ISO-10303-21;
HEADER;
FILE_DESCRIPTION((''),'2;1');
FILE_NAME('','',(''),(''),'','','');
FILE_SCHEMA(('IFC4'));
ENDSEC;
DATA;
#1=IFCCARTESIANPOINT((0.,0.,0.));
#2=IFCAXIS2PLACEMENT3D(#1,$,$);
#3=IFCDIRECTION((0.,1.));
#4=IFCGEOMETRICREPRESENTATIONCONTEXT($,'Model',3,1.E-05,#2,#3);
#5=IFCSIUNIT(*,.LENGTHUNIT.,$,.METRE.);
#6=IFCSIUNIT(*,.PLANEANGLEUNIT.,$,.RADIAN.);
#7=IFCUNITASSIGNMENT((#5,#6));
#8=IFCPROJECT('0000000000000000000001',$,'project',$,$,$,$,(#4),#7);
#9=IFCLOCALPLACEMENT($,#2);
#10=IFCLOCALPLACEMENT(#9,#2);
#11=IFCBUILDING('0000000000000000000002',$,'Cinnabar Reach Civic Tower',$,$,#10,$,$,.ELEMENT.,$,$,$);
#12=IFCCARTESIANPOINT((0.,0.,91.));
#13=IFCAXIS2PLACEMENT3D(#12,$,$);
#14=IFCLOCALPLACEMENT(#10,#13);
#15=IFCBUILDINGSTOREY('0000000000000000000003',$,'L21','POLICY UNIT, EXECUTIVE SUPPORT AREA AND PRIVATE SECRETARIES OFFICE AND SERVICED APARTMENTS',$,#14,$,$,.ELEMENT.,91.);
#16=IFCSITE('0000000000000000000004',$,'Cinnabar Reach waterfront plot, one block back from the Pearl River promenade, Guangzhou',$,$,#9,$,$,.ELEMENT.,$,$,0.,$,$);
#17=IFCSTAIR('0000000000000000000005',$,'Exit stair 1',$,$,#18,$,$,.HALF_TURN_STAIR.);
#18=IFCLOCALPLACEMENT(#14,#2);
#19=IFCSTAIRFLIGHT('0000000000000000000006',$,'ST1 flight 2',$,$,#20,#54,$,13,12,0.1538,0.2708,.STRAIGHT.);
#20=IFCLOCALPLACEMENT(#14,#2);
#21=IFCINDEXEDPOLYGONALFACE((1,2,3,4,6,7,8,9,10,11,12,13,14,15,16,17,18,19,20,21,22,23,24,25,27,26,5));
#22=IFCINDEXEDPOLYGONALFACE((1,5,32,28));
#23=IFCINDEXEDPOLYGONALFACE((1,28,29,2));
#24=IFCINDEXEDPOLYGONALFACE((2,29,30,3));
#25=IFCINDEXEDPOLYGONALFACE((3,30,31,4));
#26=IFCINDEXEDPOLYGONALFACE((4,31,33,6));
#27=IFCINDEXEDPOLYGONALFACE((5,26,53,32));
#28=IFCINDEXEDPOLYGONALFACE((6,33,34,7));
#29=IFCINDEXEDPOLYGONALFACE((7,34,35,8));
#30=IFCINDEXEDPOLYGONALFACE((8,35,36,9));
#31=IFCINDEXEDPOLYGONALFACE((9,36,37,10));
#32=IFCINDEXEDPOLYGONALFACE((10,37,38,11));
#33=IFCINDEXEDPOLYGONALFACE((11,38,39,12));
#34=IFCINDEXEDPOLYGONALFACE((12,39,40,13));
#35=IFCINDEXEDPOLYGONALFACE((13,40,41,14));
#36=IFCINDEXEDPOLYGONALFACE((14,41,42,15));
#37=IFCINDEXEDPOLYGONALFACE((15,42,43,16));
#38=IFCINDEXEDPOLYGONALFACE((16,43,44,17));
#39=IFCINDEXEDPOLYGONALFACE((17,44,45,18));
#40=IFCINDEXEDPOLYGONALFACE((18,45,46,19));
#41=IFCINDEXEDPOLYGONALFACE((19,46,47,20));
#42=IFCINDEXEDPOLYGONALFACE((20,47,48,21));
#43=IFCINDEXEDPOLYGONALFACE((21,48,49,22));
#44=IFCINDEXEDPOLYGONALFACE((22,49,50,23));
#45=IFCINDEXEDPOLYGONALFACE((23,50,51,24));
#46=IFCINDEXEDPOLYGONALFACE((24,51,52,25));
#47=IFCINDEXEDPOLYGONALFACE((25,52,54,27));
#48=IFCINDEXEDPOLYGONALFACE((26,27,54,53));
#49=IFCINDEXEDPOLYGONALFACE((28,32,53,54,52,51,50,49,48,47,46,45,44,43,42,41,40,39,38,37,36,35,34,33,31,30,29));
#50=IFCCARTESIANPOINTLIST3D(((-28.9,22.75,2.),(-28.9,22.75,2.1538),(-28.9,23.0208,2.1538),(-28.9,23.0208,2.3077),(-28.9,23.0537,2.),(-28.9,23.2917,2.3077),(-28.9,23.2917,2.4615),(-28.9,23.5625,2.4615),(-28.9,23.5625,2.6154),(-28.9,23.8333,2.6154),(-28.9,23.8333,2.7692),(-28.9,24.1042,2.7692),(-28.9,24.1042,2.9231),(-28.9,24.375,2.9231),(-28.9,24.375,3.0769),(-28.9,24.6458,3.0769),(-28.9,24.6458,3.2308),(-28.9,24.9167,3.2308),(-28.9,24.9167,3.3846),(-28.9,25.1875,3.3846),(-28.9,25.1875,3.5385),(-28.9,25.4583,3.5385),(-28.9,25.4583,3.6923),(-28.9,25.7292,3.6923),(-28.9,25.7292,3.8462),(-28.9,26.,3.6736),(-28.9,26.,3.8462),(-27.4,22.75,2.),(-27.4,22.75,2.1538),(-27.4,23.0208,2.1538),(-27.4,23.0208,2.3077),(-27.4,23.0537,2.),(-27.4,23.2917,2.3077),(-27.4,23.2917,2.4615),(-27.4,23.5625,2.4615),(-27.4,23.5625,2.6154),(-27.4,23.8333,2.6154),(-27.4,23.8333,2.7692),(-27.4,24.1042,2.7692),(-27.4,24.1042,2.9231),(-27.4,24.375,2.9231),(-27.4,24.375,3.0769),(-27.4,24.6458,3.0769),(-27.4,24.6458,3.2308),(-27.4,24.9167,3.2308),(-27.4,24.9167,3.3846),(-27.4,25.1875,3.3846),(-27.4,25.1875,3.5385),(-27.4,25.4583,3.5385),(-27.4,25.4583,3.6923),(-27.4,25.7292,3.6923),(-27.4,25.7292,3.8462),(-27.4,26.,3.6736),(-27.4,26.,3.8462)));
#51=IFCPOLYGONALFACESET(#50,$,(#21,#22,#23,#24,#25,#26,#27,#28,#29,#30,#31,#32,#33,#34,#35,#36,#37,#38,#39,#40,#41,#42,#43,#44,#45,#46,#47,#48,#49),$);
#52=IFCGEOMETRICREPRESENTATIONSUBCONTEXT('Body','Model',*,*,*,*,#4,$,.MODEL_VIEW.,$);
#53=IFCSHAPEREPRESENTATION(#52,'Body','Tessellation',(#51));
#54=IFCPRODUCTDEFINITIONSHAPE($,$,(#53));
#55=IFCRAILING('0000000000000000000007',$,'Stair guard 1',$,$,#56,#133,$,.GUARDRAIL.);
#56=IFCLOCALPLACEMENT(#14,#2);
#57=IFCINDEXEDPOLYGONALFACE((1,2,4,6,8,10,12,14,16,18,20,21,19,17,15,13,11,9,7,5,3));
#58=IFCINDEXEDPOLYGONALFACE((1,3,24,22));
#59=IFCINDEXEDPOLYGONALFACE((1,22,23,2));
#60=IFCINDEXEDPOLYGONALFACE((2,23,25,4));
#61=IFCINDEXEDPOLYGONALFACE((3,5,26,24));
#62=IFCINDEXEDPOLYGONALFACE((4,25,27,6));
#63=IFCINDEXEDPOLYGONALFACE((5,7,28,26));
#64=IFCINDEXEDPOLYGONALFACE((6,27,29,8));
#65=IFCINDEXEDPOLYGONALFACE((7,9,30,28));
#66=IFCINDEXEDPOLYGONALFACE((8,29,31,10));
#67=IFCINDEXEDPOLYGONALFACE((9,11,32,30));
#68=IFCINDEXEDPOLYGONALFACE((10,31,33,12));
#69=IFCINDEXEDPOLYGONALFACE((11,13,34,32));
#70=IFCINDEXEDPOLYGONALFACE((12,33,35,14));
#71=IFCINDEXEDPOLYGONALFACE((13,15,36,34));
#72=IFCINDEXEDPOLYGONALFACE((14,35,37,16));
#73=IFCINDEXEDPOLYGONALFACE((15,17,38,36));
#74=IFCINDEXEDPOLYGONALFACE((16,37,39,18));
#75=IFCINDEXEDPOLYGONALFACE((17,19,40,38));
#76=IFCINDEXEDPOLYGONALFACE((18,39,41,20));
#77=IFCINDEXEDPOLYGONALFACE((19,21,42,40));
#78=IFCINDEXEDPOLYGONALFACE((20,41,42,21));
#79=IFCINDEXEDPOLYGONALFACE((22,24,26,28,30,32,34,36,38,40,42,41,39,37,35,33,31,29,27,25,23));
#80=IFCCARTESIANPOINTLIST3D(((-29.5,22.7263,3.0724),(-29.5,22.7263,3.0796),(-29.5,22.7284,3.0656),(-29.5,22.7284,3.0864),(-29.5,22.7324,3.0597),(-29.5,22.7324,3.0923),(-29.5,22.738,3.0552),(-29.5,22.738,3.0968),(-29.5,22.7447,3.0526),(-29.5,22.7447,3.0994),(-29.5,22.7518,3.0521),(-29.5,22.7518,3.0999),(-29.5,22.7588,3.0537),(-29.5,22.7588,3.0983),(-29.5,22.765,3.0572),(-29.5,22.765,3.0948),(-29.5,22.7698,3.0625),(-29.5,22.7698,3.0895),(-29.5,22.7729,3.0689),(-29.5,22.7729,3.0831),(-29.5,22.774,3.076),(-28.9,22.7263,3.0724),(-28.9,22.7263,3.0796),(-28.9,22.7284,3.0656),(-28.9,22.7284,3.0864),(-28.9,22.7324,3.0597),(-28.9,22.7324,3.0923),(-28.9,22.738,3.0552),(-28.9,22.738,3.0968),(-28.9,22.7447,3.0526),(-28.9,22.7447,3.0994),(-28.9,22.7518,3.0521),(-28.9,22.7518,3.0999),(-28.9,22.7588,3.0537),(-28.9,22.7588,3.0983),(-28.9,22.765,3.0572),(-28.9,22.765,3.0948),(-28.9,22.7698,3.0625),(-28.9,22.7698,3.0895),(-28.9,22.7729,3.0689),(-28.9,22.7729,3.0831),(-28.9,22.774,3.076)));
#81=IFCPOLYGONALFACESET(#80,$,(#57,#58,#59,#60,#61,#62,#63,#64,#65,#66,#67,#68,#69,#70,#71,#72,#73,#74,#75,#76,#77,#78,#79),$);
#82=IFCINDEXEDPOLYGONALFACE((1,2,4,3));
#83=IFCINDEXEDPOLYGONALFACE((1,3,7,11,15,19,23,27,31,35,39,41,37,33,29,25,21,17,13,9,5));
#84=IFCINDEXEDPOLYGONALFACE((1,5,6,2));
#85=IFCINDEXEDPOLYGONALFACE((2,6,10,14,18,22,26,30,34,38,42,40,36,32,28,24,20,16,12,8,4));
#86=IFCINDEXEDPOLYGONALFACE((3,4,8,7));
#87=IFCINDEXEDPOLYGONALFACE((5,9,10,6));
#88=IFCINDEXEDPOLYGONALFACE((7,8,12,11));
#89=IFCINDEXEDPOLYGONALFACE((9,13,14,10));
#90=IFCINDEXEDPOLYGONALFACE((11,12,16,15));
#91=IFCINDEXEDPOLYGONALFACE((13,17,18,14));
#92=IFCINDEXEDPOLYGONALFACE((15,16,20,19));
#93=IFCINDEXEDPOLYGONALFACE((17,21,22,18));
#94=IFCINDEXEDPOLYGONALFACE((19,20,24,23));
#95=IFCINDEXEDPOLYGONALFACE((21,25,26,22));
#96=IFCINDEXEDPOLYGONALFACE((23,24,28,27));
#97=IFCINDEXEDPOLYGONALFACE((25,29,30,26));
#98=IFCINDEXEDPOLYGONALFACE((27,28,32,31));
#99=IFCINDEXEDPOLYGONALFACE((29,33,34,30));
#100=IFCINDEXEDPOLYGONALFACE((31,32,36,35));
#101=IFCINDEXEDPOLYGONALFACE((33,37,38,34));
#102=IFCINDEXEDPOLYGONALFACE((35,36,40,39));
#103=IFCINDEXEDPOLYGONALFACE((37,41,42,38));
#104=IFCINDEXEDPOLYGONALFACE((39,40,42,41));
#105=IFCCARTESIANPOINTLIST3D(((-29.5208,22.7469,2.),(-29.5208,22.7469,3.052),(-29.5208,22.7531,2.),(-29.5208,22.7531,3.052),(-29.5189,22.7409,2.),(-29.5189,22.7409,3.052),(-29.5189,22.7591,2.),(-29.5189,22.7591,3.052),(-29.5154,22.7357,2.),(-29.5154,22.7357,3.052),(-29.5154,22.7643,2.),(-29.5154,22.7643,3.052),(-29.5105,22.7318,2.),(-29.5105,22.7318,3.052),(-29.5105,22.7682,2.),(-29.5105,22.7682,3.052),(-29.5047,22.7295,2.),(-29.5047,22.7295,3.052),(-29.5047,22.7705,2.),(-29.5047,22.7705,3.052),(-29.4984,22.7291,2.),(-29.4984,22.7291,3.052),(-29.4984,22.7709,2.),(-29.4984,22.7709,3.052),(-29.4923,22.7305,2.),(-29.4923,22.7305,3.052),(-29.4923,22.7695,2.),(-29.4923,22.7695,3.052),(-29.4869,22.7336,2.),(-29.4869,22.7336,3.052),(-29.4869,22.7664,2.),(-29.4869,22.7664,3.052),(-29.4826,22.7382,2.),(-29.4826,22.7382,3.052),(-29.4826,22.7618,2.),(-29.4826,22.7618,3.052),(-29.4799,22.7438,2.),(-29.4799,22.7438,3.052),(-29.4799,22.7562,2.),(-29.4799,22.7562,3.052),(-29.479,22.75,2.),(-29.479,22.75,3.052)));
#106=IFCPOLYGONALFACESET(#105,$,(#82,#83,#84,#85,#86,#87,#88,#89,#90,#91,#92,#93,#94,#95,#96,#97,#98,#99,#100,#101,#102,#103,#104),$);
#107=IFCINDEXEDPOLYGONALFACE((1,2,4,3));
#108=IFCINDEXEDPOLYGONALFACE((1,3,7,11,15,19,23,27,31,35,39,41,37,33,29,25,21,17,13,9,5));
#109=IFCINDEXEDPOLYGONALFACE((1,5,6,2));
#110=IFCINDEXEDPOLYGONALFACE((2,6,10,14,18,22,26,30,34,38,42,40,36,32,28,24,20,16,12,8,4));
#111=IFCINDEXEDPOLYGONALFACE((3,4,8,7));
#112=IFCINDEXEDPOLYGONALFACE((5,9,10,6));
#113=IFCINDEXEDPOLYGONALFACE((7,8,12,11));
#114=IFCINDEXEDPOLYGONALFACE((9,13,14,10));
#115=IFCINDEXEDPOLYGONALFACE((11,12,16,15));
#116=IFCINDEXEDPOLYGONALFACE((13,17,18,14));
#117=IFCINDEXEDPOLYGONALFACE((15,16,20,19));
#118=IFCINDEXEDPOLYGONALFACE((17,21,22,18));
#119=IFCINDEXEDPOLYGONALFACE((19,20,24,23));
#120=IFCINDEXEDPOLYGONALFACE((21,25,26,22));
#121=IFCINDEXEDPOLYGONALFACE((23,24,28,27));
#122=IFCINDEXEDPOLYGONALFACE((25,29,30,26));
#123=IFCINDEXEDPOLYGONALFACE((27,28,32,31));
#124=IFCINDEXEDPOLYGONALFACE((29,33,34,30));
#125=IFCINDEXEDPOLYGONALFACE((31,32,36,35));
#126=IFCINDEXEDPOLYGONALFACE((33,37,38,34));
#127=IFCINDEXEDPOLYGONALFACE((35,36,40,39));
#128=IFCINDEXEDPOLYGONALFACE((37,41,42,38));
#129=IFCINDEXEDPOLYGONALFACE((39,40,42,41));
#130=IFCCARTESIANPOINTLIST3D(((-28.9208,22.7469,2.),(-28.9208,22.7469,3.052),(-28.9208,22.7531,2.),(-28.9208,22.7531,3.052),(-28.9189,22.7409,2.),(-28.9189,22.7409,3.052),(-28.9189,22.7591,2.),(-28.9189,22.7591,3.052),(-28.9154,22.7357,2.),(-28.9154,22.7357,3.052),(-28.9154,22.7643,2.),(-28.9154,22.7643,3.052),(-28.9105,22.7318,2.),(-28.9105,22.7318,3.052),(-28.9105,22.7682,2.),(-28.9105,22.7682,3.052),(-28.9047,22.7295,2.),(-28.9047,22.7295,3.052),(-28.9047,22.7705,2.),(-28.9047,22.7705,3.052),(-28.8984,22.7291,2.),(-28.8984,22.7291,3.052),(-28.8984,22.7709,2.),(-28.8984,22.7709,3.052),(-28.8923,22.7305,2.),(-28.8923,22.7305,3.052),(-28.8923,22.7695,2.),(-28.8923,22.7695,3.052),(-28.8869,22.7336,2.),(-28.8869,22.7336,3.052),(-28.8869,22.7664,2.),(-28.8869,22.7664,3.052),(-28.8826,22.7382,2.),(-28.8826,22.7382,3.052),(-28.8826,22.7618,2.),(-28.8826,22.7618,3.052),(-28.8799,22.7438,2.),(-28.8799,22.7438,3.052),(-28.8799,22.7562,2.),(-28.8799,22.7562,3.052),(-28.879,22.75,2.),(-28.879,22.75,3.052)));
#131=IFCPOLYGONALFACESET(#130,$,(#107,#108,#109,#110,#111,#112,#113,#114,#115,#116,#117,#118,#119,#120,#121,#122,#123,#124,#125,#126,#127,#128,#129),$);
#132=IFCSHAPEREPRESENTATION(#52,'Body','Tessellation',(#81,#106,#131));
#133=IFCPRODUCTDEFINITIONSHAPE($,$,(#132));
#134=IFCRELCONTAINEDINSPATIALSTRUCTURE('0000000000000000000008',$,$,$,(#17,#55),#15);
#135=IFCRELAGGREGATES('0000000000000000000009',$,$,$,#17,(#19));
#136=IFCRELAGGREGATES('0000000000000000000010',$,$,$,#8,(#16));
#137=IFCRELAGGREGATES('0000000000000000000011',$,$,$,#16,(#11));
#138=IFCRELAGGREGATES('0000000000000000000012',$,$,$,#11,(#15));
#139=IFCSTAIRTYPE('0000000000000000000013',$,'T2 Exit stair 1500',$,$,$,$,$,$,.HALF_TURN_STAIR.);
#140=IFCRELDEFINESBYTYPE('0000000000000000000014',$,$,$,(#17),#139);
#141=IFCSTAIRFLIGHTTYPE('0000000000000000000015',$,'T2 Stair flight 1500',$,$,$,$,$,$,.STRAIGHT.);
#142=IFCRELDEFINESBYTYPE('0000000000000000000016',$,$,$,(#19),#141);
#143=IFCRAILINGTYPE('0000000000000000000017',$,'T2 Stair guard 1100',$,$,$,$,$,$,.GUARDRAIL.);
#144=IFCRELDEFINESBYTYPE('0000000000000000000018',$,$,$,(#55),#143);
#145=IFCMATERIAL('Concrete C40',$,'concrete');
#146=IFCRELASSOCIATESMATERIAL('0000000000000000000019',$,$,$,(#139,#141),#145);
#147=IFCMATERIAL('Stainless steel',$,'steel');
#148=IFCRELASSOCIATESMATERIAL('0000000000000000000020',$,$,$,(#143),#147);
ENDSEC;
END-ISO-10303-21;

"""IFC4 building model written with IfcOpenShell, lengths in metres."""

from ifc_helpers import new_model, si_unit, direction, frame, origin, origin_2d, place, context, subcontext, project, spatial, polyline, circle, outline, extrude, material, type_object, element, aggregate, save


model = new_model("IFC4")

# Units and contexts
model_context = context("Model", 3, precision=1e-05, world=origin(), true_north=direction((0.0, 1.0)))
body_context = subcontext(model_context, "Body", "Model", "MODEL_VIEW")
ifc_project = project(units=[si_unit("LENGTHUNIT", "METRE"), si_unit("PLANEANGLEUNIT", "RADIAN")], contexts=[model_context])

# Site, building, storey
site_placement = place(None, origin())
site = spatial("IfcSite", under=ifc_project, at=site_placement, Name="Cinnabar Reach waterfront plot, one block back from the Pearl River promenade, Guangzhou", CompositionType="ELEMENT", RefElevation=0.0)
building_placement = place(site_placement, origin())
building = spatial("IfcBuilding", under=site, at=building_placement, Name="Cinnabar Reach Civic Tower", CompositionType="ELEMENT")
storey_placement = place(building_placement, frame((0.0, 0.0, 91.0)))
storey = spatial("IfcBuildingStorey", under=building, at=storey_placement, Name="L21", Description="POLICY UNIT, EXECUTIVE SUPPORT AREA AND PRIVATE SECRETARIES OFFICE AND SERVICED APARTMENTS", CompositionType="ELEMENT", Elevation=91.0)

# Shared definitions
ifc_material_1 = material(Name="Concrete C40", Category="concrete")

# Stair, stair flight
stair_type = type_object("IfcStairType", Name="T2 Exit stair 1500", PredefinedType="HALF_TURN_STAIR", material=ifc_material_1)
stair_placement = place(storey_placement, origin())
stair = element("IfcStair", 1, at=stair_placement, inside=storey, type_object=stair_type, Name="Exit stair 1", PredefinedType="HALF_TURN_STAIR")
stair_flight_type = type_object("IfcStairFlightType", Name="T2 Stair flight 1500", PredefinedType="STRAIGHT", material=ifc_material_1)
stair_flight_placement = place(storey_placement, frame((-28.15, 22.75, 2.0), z_axis=(0.0, 0.0, 1.0), x_axis=(0.0, 1.0, 0.0)))
stair_flight = element("IfcStairFlight", 2, at=stair_flight_placement, type_object=stair_flight_type, Name="ST1 flight 2", NumberOfRisers=13, NumberOfTreads=12, PredefinedType="STRAIGHT", RiserHeight=0.1538, TreadLength=0.2708, context=body_context, shape_type="SweptSolid", body=[
    extrude(outline(polyline([(0.0, 0.0), (0.0, 0.1538), (0.2708, 0.1538), (0.2708, 0.3077), (0.5417, 0.3077), (0.5417, 0.4615), (0.8125, 0.4615), (0.8125, 0.6154), (1.0833, 0.6154), (1.0833, 0.7692), (1.3542, 0.7692), (1.3542, 0.9231), (1.625, 0.9231), (1.625, 1.0769), (1.8958, 1.0769), (1.8958, 1.2308), (2.1667, 1.2308), (2.1667, 1.3846), (2.4375, 1.3846), (2.4375, 1.5385), (2.7083, 1.5385), (2.7083, 1.6923), (2.9792, 1.6923), (2.9792, 1.8462), (3.25, 1.8462), (3.25, 2.0), (3.25, 1.6736), (0.3037, 0.0), (0.0, 0.0)])), frame((0.0, 0.75, 0.0), z_axis=(0.0, -1.0, 0.0), x_axis=(1.0, 0.0, 0.0)), (0.0, 0.0, 1.0), 1.5),
])
aggregate(stair, [stair_flight])

# Railing
ifc_material_2 = material(Name="Stainless steel", Category="steel")
railing_type = type_object("IfcRailingType", Name="T2 Stair guard 1100", PredefinedType="GUARDRAIL", material=ifc_material_2)
railing_1_placement = place(storey_placement, frame((-29.5, 22.75, 2.0)))
element("IfcRailing", 3, at=railing_1_placement, inside=storey, type_object=railing_type, Name="Stair guard 1", PredefinedType="GUARDRAIL", context=body_context, shape_type="SweptSolid", body=[
    extrude(circle(Radius=0.024, at=origin_2d()), frame((0.0, 0.0, 1.076), z_axis=(1.0, 0.0, 0.0), x_axis=(0.0, 1.0, 0.0)), (0.0, 0.0, 1.0), 0.6),
    extrude(circle(Radius=0.021, at=origin_2d()), origin(), (0.0, 0.0, 1.0), 1.052),
    extrude(circle(Radius=0.021, at=origin_2d()), frame((0.6, 0.0, 0.0)), (0.0, 0.0, 1.0), 1.052),
])

save(model, "model.ifc")
